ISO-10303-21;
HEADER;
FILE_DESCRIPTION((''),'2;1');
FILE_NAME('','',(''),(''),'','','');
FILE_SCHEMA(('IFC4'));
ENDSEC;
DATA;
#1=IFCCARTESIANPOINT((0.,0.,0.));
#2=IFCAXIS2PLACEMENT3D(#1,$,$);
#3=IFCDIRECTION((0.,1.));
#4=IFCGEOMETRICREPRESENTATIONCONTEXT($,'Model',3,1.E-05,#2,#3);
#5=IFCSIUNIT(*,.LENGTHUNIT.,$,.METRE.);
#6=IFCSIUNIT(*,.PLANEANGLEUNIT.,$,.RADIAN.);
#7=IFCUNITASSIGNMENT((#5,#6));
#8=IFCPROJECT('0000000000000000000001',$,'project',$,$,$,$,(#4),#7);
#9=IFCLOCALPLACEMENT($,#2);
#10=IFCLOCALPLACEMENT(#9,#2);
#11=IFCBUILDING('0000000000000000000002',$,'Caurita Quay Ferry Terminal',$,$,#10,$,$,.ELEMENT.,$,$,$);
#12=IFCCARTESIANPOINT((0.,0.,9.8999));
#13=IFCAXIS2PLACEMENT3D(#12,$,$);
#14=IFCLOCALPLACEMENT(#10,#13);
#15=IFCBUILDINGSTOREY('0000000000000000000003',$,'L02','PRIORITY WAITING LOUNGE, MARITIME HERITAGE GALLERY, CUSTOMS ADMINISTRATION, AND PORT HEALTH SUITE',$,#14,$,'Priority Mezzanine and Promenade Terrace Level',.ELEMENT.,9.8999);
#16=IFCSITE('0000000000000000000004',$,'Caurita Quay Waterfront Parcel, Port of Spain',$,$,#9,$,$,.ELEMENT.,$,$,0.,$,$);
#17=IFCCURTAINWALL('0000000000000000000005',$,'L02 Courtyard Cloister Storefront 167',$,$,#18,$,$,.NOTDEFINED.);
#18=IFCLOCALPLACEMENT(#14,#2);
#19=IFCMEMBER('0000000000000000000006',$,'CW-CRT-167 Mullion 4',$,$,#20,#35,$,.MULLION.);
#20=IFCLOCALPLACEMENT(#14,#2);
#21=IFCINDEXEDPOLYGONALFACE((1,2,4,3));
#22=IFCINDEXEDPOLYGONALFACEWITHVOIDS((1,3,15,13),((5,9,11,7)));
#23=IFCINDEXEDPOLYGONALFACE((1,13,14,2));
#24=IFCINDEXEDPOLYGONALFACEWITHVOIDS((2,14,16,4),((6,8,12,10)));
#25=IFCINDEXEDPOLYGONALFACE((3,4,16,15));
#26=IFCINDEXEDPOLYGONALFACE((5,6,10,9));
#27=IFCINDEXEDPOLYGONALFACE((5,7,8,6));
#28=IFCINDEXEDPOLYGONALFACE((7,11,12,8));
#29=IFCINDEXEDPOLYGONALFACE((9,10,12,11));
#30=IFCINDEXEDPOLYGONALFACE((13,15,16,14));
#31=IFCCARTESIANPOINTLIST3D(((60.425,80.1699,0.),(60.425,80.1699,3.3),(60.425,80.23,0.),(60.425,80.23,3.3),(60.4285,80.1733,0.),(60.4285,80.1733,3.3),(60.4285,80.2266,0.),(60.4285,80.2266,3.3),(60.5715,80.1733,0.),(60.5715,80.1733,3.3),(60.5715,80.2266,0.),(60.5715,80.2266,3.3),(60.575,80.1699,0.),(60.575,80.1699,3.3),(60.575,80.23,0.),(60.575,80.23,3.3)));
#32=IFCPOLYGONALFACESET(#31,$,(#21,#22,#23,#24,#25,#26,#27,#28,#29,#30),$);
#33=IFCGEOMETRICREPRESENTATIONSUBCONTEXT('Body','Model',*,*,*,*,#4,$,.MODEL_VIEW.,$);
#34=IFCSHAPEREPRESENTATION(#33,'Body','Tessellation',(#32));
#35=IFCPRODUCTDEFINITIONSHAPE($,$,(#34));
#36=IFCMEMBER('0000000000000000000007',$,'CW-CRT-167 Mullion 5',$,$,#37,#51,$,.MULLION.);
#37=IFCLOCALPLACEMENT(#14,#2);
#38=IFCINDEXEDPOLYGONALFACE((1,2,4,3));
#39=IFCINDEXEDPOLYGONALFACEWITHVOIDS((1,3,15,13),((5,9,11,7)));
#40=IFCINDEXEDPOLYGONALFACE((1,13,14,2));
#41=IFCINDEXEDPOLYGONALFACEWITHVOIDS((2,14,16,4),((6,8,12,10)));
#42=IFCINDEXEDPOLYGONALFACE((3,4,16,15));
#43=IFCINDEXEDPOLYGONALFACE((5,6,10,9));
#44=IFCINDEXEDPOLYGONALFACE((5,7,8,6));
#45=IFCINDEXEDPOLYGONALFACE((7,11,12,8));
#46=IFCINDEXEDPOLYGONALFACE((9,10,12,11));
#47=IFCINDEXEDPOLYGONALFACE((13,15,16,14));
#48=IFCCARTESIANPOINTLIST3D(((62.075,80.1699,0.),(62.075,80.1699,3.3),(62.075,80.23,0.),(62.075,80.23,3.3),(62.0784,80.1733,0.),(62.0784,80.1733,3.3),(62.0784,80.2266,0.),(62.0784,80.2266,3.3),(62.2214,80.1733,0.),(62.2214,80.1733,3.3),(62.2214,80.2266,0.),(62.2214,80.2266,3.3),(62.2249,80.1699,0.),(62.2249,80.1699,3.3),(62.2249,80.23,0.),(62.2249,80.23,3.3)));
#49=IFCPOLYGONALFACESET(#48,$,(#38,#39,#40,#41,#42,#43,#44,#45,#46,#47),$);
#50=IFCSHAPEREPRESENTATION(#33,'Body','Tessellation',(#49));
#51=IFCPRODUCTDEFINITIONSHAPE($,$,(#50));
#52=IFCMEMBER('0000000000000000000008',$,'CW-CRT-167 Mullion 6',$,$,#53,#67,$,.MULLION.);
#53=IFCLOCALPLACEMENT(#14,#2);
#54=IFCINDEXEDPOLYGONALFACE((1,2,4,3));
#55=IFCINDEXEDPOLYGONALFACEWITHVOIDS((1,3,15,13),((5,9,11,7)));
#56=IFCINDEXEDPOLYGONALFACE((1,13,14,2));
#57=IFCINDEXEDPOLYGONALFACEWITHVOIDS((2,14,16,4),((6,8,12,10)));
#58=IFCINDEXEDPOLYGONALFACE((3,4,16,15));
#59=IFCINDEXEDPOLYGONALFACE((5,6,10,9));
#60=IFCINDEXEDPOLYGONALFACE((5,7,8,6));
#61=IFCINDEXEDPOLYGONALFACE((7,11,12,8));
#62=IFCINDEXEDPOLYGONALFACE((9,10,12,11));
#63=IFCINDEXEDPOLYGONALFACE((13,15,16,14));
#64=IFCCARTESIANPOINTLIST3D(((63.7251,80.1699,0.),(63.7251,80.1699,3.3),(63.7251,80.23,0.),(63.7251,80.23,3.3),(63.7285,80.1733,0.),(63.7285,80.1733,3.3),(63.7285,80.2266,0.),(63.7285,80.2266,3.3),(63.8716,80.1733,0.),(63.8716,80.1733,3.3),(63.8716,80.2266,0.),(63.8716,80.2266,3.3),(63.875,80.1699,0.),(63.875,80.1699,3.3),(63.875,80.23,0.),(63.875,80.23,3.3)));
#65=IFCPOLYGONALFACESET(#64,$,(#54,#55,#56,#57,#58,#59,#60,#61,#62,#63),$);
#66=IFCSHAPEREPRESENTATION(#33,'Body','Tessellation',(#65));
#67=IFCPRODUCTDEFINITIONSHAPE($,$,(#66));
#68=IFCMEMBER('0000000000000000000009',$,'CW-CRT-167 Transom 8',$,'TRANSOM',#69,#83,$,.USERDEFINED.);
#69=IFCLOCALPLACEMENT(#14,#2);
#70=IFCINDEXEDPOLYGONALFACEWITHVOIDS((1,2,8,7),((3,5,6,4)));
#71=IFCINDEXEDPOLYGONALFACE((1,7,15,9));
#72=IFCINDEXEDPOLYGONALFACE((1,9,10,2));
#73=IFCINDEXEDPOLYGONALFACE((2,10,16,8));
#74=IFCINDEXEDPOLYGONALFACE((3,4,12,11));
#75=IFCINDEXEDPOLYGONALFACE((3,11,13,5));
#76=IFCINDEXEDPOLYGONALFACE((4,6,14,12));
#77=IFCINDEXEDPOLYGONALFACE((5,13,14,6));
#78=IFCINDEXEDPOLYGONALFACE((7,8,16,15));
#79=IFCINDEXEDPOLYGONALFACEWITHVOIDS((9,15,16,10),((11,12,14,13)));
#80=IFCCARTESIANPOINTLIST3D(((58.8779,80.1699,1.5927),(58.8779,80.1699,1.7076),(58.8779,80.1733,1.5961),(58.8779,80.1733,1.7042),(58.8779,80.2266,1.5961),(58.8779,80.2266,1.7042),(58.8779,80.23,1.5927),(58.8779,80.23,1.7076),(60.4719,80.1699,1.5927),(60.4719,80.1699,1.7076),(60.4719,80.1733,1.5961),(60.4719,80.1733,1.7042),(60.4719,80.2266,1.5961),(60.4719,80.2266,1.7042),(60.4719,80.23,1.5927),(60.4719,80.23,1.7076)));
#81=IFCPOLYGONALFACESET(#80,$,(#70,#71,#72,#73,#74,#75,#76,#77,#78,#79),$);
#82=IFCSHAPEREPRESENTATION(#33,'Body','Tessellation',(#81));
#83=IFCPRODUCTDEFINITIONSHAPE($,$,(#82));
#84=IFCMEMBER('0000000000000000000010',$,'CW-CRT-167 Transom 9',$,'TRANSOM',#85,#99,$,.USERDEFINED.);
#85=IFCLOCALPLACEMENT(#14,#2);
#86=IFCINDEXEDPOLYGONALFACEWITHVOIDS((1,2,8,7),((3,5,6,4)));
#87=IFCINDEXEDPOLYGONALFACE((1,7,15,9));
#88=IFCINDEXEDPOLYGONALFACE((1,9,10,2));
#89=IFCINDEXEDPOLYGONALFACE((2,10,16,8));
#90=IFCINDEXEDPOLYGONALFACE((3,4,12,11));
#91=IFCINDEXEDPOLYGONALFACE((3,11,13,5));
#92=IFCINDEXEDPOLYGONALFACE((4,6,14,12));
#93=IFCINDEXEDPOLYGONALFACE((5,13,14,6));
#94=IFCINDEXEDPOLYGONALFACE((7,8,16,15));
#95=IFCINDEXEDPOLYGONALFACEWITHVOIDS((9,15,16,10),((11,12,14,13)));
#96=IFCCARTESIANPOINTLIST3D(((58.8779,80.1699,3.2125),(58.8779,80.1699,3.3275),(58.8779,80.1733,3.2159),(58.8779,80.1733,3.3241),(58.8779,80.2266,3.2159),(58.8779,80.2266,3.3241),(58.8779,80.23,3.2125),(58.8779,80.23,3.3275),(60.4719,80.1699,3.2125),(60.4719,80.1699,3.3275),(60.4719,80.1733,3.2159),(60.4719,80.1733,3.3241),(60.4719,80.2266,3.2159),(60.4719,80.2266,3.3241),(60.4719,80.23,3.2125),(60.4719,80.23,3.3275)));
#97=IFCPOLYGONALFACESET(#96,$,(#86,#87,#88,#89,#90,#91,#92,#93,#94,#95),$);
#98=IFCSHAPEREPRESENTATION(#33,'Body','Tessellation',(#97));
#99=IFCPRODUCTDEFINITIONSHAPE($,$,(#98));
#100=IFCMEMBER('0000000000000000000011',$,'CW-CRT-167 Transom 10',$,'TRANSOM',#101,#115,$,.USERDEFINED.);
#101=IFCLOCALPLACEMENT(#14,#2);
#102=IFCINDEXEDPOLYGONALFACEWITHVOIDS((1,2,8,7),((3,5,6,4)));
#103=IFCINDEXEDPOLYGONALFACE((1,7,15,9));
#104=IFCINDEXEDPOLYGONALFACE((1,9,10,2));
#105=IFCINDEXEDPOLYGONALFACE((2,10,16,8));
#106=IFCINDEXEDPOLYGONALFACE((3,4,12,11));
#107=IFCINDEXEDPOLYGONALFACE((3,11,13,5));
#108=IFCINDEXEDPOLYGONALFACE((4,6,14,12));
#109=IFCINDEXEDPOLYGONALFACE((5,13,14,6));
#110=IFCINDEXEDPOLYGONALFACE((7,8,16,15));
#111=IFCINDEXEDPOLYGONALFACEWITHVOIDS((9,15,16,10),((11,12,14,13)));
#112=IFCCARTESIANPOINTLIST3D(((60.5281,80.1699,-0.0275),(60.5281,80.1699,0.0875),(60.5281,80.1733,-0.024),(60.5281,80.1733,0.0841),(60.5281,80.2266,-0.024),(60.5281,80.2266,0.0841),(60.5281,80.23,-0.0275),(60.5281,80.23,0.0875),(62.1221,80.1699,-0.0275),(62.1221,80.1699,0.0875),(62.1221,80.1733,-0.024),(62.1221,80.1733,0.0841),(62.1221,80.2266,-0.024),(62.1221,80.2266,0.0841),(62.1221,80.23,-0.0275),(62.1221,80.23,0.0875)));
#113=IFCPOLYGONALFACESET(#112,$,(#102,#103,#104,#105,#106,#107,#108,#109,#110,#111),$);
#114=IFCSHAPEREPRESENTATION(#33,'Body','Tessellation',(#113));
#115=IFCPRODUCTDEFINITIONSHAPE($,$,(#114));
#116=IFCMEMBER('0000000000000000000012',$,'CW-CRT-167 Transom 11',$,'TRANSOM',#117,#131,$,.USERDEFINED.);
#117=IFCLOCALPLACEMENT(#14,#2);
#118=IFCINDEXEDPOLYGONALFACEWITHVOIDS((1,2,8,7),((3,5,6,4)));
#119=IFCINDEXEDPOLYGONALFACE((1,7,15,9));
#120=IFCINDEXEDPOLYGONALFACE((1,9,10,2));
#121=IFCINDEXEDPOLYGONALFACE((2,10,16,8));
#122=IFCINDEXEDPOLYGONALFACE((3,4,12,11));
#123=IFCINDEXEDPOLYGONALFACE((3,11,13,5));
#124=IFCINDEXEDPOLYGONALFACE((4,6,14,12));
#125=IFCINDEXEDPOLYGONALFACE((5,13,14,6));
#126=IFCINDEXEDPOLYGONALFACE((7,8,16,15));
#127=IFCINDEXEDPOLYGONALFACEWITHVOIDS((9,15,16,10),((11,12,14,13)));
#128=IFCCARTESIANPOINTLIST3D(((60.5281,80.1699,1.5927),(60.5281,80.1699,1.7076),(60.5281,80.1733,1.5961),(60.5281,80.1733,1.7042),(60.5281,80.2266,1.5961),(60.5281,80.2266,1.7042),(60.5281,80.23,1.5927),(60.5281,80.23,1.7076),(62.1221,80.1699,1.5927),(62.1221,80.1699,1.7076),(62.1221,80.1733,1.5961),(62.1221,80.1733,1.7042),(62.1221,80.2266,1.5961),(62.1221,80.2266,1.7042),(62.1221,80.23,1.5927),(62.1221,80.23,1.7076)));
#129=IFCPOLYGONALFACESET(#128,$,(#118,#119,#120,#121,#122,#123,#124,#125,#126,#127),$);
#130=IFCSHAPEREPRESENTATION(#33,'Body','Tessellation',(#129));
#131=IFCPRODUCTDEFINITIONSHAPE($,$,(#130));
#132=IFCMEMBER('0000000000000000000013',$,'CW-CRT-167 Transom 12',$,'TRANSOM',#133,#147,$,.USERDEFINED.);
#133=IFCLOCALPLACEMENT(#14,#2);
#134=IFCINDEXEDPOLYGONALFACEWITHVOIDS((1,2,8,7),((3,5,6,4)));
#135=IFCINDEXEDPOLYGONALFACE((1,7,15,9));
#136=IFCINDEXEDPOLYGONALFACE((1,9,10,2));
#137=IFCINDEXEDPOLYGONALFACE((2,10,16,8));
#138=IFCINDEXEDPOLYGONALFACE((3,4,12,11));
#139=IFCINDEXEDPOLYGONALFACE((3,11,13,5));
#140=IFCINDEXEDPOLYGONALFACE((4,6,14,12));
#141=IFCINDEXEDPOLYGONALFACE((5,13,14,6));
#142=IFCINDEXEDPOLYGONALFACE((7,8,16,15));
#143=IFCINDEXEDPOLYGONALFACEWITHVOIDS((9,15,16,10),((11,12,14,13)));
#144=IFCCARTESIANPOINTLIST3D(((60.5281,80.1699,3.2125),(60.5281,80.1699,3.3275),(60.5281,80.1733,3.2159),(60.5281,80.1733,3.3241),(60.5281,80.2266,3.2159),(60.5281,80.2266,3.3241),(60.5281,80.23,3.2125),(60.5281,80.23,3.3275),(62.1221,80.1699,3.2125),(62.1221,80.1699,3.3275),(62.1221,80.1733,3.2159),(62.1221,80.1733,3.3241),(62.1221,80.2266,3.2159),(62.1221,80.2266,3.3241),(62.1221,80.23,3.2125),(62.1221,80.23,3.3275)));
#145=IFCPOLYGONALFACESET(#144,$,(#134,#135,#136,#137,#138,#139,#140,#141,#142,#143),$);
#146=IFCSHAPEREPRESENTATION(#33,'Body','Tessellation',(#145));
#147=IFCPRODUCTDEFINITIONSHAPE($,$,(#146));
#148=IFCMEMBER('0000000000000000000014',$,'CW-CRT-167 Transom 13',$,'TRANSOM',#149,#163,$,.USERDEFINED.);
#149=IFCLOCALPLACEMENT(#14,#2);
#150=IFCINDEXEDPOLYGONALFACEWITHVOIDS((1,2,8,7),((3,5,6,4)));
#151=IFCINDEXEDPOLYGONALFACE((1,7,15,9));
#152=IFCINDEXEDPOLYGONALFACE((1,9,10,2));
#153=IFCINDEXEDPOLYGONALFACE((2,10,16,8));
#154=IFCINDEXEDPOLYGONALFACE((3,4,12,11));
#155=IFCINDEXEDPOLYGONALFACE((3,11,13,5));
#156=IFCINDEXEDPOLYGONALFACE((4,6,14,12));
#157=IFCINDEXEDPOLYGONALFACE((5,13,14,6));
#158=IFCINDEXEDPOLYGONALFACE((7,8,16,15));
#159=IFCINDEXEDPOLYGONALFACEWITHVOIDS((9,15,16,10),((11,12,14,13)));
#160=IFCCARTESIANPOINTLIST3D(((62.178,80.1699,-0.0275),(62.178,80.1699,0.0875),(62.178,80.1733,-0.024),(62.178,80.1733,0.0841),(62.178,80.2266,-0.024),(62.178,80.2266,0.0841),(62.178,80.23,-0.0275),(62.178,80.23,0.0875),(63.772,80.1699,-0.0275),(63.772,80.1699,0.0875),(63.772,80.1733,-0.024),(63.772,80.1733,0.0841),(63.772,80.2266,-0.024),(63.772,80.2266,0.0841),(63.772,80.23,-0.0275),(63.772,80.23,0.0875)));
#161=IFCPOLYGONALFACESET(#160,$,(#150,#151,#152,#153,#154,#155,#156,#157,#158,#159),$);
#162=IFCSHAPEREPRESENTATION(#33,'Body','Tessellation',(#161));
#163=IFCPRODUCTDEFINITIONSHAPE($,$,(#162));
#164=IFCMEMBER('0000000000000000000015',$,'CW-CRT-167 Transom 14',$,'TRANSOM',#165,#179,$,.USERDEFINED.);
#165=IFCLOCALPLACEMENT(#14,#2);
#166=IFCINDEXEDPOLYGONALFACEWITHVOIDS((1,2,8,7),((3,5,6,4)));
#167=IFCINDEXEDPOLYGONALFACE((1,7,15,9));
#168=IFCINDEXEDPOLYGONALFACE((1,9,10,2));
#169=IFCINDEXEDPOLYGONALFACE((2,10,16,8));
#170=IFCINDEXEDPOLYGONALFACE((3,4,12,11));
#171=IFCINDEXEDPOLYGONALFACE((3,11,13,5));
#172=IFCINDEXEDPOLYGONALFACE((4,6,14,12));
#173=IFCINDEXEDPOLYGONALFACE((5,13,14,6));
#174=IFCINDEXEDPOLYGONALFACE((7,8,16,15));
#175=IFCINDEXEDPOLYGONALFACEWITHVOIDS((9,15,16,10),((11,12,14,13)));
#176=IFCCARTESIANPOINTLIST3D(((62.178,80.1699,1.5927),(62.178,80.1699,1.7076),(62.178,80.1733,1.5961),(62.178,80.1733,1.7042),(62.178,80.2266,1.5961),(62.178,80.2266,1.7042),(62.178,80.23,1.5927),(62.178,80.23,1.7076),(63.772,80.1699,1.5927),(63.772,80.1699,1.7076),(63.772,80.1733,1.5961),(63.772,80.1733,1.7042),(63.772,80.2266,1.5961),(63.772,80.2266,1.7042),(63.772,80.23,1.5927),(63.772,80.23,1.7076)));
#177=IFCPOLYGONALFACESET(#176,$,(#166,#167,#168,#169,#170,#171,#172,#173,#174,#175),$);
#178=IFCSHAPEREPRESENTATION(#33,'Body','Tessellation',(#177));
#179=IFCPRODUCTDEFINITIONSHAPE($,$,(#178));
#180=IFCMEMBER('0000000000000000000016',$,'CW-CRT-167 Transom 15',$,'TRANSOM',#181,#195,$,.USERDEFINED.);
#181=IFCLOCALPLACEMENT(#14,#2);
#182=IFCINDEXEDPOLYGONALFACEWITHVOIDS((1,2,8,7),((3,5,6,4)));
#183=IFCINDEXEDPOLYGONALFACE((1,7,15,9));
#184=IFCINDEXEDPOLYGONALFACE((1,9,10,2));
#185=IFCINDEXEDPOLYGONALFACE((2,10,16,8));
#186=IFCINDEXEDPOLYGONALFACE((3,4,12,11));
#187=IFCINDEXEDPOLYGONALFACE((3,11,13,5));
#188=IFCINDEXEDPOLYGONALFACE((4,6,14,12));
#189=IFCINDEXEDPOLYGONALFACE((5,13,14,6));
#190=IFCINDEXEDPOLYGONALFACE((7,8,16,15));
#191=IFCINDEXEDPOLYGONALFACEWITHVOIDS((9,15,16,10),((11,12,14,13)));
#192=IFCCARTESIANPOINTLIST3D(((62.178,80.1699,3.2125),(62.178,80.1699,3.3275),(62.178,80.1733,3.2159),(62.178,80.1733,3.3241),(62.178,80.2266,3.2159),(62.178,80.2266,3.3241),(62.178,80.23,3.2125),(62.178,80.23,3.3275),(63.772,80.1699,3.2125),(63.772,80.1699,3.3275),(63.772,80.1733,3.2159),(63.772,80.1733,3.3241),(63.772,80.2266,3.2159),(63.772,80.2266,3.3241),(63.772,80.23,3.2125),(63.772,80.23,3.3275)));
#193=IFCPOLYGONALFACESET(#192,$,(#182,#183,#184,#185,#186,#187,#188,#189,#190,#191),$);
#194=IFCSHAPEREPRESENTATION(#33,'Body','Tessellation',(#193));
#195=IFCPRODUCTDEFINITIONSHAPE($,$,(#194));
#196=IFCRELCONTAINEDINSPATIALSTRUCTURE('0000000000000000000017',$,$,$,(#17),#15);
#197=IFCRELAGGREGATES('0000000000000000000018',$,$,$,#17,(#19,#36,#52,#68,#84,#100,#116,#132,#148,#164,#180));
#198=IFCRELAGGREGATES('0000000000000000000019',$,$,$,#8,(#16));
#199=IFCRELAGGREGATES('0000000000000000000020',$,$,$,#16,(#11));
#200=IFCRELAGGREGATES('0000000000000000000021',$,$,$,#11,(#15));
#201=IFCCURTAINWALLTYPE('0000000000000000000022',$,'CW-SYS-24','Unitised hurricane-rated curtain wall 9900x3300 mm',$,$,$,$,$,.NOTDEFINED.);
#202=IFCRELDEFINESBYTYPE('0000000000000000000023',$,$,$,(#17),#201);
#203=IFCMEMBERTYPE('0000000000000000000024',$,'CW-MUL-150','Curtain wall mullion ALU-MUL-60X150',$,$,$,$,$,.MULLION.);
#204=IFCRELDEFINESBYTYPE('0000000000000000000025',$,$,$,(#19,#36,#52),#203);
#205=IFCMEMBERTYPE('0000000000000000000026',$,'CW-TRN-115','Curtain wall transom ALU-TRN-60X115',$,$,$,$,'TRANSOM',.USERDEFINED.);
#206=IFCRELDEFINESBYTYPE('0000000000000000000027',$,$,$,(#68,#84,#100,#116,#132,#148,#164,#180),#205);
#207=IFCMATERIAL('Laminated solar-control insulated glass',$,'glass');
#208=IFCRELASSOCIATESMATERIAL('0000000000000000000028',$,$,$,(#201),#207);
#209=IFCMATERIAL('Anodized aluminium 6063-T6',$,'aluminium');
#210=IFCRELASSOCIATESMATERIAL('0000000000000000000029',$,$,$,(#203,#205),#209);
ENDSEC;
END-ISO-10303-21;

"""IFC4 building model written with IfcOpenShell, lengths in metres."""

from ifc_helpers import new_model, si_unit, direction, frame, origin, origin_2d, place, context, subcontext, project, spatial, hollow_rectangle, extrude, material, material_profile, profile_set, type_object, element, aggregate, save


model = new_model("IFC4")

# Units and contexts
model_context = context("Model", 3, precision=1e-05, world=origin(), true_north=direction((0.0, 1.0)))
body_context = subcontext(model_context, "Body", "Model", "MODEL_VIEW")
ifc_project = project(units=[si_unit("LENGTHUNIT", "METRE"), si_unit("PLANEANGLEUNIT", "RADIAN")], contexts=[model_context])

# Site, building, storey
site_placement = place(None, origin())
site = spatial("IfcSite", under=ifc_project, at=site_placement, Name="Caurita Quay Waterfront Parcel, Port of Spain", CompositionType="ELEMENT", RefElevation=0.0)
building_placement = place(site_placement, origin())
building = spatial("IfcBuilding", under=site, at=building_placement, Name="Caurita Quay Ferry Terminal", CompositionType="ELEMENT")
storey_placement = place(building_placement, frame((0.0, 0.0, 9.8999)))
storey = spatial("IfcBuildingStorey", under=building, at=storey_placement, Name="L02", Description="PRIORITY WAITING LOUNGE, MARITIME HERITAGE GALLERY, CUSTOMS ADMINISTRATION, AND PORT HEALTH SUITE", LongName="Priority Mezzanine and Promenade Terrace Level", CompositionType="ELEMENT", Elevation=9.8999)

# Curtain wall, members
ifc_material_1 = material(Name="Laminated solar-control insulated glass", Category="glass")
curtain_wall_type = type_object("IfcCurtainWallType", Name="CW-SYS-24", Description="Unitised hurricane-rated curtain wall 9900x3300 mm", PredefinedType="NOTDEFINED", material=ifc_material_1)
curtain_wall_placement = place(storey_placement, origin())
curtain_wall = element("IfcCurtainWall", 1, at=curtain_wall_placement, inside=storey, type_object=curtain_wall_type, Name="L02 Courtyard Cloister Storefront 167", PredefinedType="NOTDEFINED")
ifc_material_2 = material(Name="Anodized aluminium 6063-T6", Category="aluminium")
ifc_material_profile_1 = material_profile(ifc_material_2, hollow_rectangle(XDim=0.0601, YDim=0.1499, WallThickness=0.0034, at=origin_2d()), Name="ALU-MUL-60X150")
ifc_profile_set_1 = profile_set([ifc_material_profile_1], Name="Anodized aluminium 6063-T6")
member_type_1 = type_object("IfcMemberType", Name="CW-MUL-150", Description="Curtain wall mullion ALU-MUL-60X150", PredefinedType="MULLION", material=ifc_profile_set_1)
member_1_placement = place(storey_placement, frame((60.5, 80.2, 0.0), z_axis=(0.0, 0.0, 1.0), x_axis=(0.0, 1.0, 0.0)))
member_1 = element("IfcMember", 2, at=member_1_placement, type_object=member_type_1, Name="CW-CRT-167 Mullion 4", PredefinedType="MULLION", context=body_context, shape_type="SweptSolid", body=[
    extrude(hollow_rectangle(XDim=0.0601, YDim=0.1499, WallThickness=0.0034, at=origin_2d()), origin(), (0.0, 0.0, 1.0), 3.3),
])
member_2_placement = place(storey_placement, frame((62.1499, 80.2, 0.0), z_axis=(0.0, 0.0, 1.0), x_axis=(0.0, 1.0, 0.0)))
member_2 = element("IfcMember", 3, at=member_2_placement, type_object=member_type_1, Name="CW-CRT-167 Mullion 5", PredefinedType="MULLION", context=body_context, shape_type="SweptSolid", body=[
    extrude(hollow_rectangle(XDim=0.0601, YDim=0.1499, WallThickness=0.0034, at=origin_2d()), origin(), (0.0, 0.0, 1.0), 3.3),
])
member_3_placement = place(storey_placement, frame((63.8, 80.2, 0.0), z_axis=(0.0, 0.0, 1.0), x_axis=(0.0, 1.0, 0.0)))
member_3 = element("IfcMember", 4, at=member_3_placement, type_object=member_type_1, Name="CW-CRT-167 Mullion 6", PredefinedType="MULLION", context=body_context, shape_type="SweptSolid", body=[
    extrude(hollow_rectangle(XDim=0.0601, YDim=0.1499, WallThickness=0.0034, at=origin_2d()), origin(), (0.0, 0.0, 1.0), 3.3),
])
ifc_material_profile_2 = material_profile(ifc_material_2, hollow_rectangle(XDim=0.0601, YDim=0.115, WallThickness=0.0034, at=origin_2d()), Name="ALU-TRN-60X115")
ifc_profile_set_2 = profile_set([ifc_material_profile_2], Name="Anodized aluminium 6063-T6")
member_type_2 = type_object("IfcMemberType", Name="CW-TRN-115", Description="Curtain wall transom ALU-TRN-60X115", ElementType="TRANSOM", PredefinedType="USERDEFINED", material=ifc_profile_set_2)
member_4_placement = place(storey_placement, frame((58.8779, 80.2, 1.6501), z_axis=(1.0, 0.0, 0.0), x_axis=(0.0, 1.0, 0.0)))
member_4 = element("IfcMember", 5, at=member_4_placement, type_object=member_type_2, Name="CW-CRT-167 Transom 8", ObjectType="TRANSOM", PredefinedType="USERDEFINED", context=body_context, shape_type="SweptSolid", body=[
    extrude(hollow_rectangle(XDim=0.0601, YDim=0.115, WallThickness=0.0034, at=origin_2d()), origin(), (0.0, 0.0, 1.0), 1.594),
])
member_5_placement = place(storey_placement, frame((58.8779, 80.2, 3.27), z_axis=(1.0, 0.0, 0.0), x_axis=(0.0, 1.0, 0.0)))
member_5 = element("IfcMember", 6, at=member_5_placement, type_object=member_type_2, Name="CW-CRT-167 Transom 9", ObjectType="TRANSOM", PredefinedType="USERDEFINED", context=body_context, shape_type="SweptSolid", body=[
    extrude(hollow_rectangle(XDim=0.0601, YDim=0.115, WallThickness=0.0034, at=origin_2d()), origin(), (0.0, 0.0, 1.0), 1.594),
])
member_6_placement = place(storey_placement, frame((60.5281, 80.2, 0.03), z_axis=(1.0, 0.0, 0.0), x_axis=(0.0, 1.0, 0.0)))
member_6 = element("IfcMember", 7, at=member_6_placement, type_object=member_type_2, Name="CW-CRT-167 Transom 10", ObjectType="TRANSOM", PredefinedType="USERDEFINED", context=body_context, shape_type="SweptSolid", body=[
    extrude(hollow_rectangle(XDim=0.0601, YDim=0.115, WallThickness=0.0034, at=origin_2d()), origin(), (0.0, 0.0, 1.0), 1.594),
])
member_7_placement = place(storey_placement, frame((60.5281, 80.2, 1.6501), z_axis=(1.0, 0.0, 0.0), x_axis=(0.0, 1.0, 0.0)))
member_7 = element("IfcMember", 8, at=member_7_placement, type_object=member_type_2, Name="CW-CRT-167 Transom 11", ObjectType="TRANSOM", PredefinedType="USERDEFINED", context=body_context, shape_type="SweptSolid", body=[
    extrude(hollow_rectangle(XDim=0.0601, YDim=0.115, WallThickness=0.0034, at=origin_2d()), origin(), (0.0, 0.0, 1.0), 1.594),
])
member_8_placement = place(storey_placement, frame((60.5281, 80.2, 3.27), z_axis=(1.0, 0.0, 0.0), x_axis=(0.0, 1.0, 0.0)))
member_8 = element("IfcMember", 9, at=member_8_placement, type_object=member_type_2, Name="CW-CRT-167 Transom 12", ObjectType="TRANSOM", PredefinedType="USERDEFINED", context=body_context, shape_type="SweptSolid", body=[
    extrude(hollow_rectangle(XDim=0.0601, YDim=0.115, WallThickness=0.0034, at=origin_2d()), origin(), (0.0, 0.0, 1.0), 1.594),
])
member_9_placement = place(storey_placement, frame((62.178, 80.2, 0.03), z_axis=(1.0, 0.0, 0.0), x_axis=(0.0, 1.0, 0.0)))
member_9 = element("IfcMember", 10, at=member_9_placement, type_object=member_type_2, Name="CW-CRT-167 Transom 13", ObjectType="TRANSOM", PredefinedType="USERDEFINED", context=body_context, shape_type="SweptSolid", body=[
    extrude(hollow_rectangle(XDim=0.0601, YDim=0.115, WallThickness=0.0034, at=origin_2d()), origin(), (0.0, 0.0, 1.0), 1.594),
])
member_10_placement = place(storey_placement, frame((62.178, 80.2, 1.6501), z_axis=(1.0, 0.0, 0.0), x_axis=(0.0, 1.0, 0.0)))
member_10 = element("IfcMember", 11, at=member_10_placement, type_object=member_type_2, Name="CW-CRT-167 Transom 14", ObjectType="TRANSOM", PredefinedType="USERDEFINED", context=body_context, shape_type="SweptSolid", body=[
    extrude(hollow_rectangle(XDim=0.0601, YDim=0.115, WallThickness=0.0034, at=origin_2d()), origin(), (0.0, 0.0, 1.0), 1.594),
])
member_11_placement = place(storey_placement, frame((62.178, 80.2, 3.27), z_axis=(1.0, 0.0, 0.0), x_axis=(0.0, 1.0, 0.0)))
member_11 = element("IfcMember", 12, at=member_11_placement, type_object=member_type_2, Name="CW-CRT-167 Transom 15", ObjectType="TRANSOM", PredefinedType="USERDEFINED", context=body_context, shape_type="SweptSolid", body=[
    extrude(hollow_rectangle(XDim=0.0601, YDim=0.115, WallThickness=0.0034, at=origin_2d()), origin(), (0.0, 0.0, 1.0), 1.594),
])
aggregate(curtain_wall, [member_1, member_2, member_3, member_4, member_5, member_6, member_7, member_8, member_9, member_10, member_11])

save(model, "model.ifc")
